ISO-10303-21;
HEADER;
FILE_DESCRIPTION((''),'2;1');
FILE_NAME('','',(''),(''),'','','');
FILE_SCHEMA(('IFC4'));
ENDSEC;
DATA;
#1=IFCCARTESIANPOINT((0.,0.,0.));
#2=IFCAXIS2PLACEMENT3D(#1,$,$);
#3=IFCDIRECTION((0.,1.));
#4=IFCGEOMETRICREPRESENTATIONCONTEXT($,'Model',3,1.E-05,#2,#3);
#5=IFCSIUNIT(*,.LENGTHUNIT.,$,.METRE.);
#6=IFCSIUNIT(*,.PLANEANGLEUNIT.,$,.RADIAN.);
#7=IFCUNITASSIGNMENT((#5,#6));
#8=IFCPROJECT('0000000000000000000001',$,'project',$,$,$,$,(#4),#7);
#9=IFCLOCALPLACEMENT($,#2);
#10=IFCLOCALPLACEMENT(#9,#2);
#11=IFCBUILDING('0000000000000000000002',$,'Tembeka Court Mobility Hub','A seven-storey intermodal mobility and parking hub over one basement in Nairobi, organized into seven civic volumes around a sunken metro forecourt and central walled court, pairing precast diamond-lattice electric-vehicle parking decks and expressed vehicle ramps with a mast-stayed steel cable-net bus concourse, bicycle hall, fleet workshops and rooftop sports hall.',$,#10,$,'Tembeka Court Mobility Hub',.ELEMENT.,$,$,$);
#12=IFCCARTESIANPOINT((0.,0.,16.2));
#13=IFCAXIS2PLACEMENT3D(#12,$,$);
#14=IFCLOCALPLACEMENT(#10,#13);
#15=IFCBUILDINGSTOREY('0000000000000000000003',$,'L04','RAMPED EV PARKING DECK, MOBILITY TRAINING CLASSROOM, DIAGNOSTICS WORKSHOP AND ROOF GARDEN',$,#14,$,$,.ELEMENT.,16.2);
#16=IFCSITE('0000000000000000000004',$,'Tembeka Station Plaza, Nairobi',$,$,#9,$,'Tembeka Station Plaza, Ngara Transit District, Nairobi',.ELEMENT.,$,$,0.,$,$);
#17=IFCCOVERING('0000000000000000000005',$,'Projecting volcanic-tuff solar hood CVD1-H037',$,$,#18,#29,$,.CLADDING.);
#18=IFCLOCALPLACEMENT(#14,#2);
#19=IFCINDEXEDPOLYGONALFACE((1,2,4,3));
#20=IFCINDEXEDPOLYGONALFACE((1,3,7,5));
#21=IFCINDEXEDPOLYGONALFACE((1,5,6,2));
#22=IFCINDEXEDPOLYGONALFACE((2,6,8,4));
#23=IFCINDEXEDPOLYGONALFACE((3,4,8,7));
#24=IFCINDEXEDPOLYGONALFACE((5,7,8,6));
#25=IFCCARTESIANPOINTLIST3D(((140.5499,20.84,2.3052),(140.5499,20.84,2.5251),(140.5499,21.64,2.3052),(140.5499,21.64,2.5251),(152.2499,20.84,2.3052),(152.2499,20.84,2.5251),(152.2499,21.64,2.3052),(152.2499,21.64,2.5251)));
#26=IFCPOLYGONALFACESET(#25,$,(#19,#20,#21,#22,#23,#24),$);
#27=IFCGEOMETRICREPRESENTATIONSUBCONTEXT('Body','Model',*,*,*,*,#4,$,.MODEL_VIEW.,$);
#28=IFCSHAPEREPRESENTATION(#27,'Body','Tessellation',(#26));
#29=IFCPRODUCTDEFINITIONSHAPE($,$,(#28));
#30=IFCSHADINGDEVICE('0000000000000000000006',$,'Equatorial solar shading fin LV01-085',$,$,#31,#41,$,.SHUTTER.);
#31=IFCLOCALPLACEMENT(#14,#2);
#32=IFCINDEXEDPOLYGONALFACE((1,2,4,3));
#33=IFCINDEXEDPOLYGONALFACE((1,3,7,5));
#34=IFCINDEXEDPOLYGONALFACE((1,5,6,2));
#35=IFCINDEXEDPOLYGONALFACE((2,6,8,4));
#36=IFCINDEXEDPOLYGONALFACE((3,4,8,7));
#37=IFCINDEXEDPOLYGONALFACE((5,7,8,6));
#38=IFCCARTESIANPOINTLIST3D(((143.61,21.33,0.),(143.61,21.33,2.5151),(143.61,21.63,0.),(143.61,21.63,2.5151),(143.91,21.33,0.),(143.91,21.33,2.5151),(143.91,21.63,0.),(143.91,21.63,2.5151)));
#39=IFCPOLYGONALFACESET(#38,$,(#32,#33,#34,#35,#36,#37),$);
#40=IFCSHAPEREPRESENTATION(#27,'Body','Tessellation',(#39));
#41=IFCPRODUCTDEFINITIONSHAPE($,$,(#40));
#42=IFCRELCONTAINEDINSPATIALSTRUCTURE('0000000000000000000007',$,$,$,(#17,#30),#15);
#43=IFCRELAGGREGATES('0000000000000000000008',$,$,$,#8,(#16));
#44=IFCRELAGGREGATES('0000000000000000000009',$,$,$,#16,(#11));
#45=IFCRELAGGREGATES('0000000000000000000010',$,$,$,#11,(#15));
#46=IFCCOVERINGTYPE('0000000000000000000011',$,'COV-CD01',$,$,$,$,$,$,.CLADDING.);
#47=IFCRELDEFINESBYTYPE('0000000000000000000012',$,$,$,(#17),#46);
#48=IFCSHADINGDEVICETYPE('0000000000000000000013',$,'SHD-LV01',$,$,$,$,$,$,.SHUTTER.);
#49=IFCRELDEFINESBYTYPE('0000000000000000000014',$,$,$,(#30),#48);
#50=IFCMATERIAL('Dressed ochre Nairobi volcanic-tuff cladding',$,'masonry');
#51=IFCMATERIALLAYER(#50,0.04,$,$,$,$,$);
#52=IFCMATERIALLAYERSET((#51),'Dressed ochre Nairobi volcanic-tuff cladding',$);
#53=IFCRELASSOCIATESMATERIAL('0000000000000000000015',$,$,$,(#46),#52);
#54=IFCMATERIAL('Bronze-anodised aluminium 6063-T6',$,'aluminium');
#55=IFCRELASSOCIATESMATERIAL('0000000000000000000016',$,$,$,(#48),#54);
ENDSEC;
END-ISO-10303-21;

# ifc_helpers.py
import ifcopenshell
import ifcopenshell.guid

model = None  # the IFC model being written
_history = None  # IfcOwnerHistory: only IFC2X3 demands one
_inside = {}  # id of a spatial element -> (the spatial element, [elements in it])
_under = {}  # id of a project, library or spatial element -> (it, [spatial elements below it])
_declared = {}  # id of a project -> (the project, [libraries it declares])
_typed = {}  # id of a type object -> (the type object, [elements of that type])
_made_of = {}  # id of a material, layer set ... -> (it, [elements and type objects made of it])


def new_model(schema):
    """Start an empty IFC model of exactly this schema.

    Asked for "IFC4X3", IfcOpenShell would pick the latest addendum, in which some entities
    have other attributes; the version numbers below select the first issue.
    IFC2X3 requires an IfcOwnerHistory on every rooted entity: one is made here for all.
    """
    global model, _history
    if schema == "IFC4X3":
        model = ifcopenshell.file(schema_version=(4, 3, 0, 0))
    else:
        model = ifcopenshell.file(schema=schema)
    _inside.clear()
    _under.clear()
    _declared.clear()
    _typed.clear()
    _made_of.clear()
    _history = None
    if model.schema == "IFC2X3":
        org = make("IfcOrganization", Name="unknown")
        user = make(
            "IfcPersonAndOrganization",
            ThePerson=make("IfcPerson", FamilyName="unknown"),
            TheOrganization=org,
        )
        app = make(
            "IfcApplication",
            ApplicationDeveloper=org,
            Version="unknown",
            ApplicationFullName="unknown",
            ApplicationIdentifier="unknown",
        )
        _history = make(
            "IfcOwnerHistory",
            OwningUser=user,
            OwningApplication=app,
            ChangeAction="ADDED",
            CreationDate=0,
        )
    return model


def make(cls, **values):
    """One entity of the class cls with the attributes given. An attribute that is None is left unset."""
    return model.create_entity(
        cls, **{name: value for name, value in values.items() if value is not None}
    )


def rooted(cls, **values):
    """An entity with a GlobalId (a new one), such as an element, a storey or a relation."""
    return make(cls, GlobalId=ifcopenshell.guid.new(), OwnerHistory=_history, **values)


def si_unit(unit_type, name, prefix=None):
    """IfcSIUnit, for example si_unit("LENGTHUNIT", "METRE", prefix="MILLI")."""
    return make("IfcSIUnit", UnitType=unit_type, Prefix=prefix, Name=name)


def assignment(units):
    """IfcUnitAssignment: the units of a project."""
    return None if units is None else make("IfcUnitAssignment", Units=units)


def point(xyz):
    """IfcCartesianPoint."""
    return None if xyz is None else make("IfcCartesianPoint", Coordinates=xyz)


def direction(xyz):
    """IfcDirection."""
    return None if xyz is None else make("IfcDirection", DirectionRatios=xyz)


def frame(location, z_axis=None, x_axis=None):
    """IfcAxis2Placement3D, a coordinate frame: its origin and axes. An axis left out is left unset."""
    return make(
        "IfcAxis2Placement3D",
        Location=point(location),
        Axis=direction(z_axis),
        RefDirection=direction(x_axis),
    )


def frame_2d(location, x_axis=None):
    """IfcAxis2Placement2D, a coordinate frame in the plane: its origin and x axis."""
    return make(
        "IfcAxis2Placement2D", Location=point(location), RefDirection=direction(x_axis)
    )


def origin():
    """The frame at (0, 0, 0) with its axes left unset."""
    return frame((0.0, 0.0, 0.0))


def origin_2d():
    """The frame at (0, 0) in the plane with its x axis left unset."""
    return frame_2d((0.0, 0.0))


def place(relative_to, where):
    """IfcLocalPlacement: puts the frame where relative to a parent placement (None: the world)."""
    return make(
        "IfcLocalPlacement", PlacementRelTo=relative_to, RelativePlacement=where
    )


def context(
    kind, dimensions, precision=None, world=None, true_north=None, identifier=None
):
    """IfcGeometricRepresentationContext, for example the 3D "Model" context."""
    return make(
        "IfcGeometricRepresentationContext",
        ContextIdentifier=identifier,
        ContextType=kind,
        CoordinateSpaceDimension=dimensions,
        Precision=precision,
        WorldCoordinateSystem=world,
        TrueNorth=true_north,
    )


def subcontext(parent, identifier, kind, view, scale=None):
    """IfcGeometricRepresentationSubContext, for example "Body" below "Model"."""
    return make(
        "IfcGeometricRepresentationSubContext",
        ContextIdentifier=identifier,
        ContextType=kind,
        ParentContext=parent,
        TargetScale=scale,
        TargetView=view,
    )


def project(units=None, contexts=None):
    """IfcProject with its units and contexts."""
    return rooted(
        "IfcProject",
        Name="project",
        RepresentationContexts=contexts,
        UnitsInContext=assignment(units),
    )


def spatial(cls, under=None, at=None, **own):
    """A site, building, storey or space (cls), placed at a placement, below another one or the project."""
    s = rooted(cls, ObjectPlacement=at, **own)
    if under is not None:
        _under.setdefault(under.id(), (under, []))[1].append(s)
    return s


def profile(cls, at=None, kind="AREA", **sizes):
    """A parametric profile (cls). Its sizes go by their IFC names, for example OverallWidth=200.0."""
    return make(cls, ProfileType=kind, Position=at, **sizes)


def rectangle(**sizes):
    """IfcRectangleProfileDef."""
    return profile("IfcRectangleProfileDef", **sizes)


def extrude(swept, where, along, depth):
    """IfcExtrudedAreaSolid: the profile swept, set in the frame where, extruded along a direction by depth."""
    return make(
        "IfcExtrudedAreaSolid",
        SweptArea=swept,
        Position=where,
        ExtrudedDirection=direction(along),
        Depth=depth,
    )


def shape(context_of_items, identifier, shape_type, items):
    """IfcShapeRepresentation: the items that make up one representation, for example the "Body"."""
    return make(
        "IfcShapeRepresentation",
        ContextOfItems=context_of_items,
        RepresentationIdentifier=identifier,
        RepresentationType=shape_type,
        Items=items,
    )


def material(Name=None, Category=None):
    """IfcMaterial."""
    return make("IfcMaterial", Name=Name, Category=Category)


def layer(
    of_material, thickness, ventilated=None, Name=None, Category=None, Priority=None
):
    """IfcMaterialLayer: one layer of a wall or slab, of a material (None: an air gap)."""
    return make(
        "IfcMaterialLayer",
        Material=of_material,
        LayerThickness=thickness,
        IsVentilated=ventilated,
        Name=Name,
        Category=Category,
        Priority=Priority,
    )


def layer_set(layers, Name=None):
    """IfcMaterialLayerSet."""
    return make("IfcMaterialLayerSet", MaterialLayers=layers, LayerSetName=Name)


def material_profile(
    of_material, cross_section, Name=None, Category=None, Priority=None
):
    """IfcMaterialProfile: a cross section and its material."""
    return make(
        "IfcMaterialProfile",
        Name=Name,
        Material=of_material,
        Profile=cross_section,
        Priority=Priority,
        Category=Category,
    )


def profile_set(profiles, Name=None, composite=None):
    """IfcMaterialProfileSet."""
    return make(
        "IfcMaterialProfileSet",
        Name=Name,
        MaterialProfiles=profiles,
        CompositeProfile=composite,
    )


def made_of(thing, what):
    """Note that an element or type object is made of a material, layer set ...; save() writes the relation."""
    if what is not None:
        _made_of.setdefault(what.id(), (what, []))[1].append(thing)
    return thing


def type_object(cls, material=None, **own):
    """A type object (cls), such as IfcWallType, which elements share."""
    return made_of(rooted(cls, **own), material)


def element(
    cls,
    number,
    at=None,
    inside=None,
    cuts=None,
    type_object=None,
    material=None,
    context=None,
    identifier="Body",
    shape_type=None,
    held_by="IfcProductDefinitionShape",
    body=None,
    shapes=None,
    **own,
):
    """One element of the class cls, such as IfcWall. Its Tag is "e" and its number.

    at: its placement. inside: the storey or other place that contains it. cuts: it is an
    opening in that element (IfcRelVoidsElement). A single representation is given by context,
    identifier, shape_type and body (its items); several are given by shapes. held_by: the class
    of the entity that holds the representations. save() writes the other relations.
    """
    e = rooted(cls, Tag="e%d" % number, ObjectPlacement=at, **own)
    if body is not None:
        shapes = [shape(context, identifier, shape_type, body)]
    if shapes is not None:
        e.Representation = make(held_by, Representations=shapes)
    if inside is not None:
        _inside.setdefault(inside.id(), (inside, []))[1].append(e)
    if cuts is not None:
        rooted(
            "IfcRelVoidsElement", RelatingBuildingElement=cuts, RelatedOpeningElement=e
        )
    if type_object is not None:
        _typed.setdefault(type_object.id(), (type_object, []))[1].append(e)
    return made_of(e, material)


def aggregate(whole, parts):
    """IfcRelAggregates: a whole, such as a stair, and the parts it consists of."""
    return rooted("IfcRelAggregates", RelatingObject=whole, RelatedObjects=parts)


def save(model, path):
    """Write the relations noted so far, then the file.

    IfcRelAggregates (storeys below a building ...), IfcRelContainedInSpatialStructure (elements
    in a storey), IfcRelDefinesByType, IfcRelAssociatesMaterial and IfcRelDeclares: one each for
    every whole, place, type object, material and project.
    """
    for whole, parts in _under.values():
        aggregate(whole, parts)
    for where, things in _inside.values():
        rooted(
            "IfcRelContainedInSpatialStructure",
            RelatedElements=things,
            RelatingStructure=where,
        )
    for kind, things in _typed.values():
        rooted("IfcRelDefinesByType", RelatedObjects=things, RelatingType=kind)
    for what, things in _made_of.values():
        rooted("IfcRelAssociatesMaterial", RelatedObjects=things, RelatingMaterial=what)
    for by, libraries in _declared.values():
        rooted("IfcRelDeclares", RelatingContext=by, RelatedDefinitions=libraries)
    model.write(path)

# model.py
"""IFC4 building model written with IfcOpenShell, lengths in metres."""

from ifc_helpers import new_model, si_unit, direction, frame, origin, origin_2d, place, context, subcontext, project, spatial, rectangle, extrude, material, layer, layer_set, material_profile, profile_set, type_object, element, save


model = new_model("IFC4")

# Units and contexts
model_context = context("Model", 3, precision=1e-05, world=origin(), true_north=direction((0.0, 1.0)))
body_context = subcontext(model_context, "Body", "Model", "MODEL_VIEW")
ifc_project = project(units=[si_unit("LENGTHUNIT", "METRE"), si_unit("PLANEANGLEUNIT", "RADIAN")], contexts=[model_context])

# Site, building, storey
site_placement = place(None, origin())
site = spatial("IfcSite", under=ifc_project, at=site_placement, Name="Tembeka Station Plaza, Nairobi", LongName="Tembeka Station Plaza, Ngara Transit District, Nairobi", CompositionType="ELEMENT", RefElevation=0.0)
building_placement = place(site_placement, origin())
building = spatial("IfcBuilding", under=site, at=building_placement, Name="Tembeka Court Mobility Hub", Description="A seven-storey intermodal mobility and parking hub over one basement in Nairobi, organized into seven civic volumes around a sunken metro forecourt and central walled court, pairing precast diamond-lattice electric-vehicle parking decks and expressed vehicle ramps with a mast-stayed steel cable-net bus concourse, bicycle hall, fleet workshops and rooftop sports hall.", LongName="Tembeka Court Mobility Hub", CompositionType="ELEMENT")
storey_placement = place(building_placement, frame((0.0, 0.0, 16.2)))
storey = spatial("IfcBuildingStorey", under=building, at=storey_placement, Name="L04", Description="RAMPED EV PARKING DECK, MOBILITY TRAINING CLASSROOM, DIAGNOSTICS WORKSHOP AND ROOF GARDEN", CompositionType="ELEMENT", Elevation=16.2)

# Covering
ifc_material_1 = material(Name="Dressed ochre Nairobi volcanic-tuff cladding", Category="masonry")
ifc_layer_1 = layer(ifc_material_1, 0.04)
ifc_layer_set_1 = layer_set([ifc_layer_1], Name="Dressed ochre Nairobi volcanic-tuff cladding")
covering_type = type_object("IfcCoveringType", Name="COV-CD01", PredefinedType="CLADDING", material=ifc_layer_set_1)
covering_placement = place(storey_placement, frame((146.3999, 21.24, 2.3052), z_axis=(0.0, 0.0, 1.0), x_axis=(1.0, 0.0, 0.0)))
element("IfcCovering", 1, at=covering_placement, inside=storey, type_object=covering_type, Name="Projecting volcanic-tuff solar hood CVD1-H037", PredefinedType="CLADDING", context=body_context, shape_type="SweptSolid", body=[
    extrude(rectangle(XDim=11.7, YDim=0.8, at=origin_2d()), origin(), (0.0, 0.0, 1.0), 0.22),
])

# Shading device
ifc_material_2 = material(Name="Bronze-anodised aluminium 6063-T6", Category="aluminium")
ifc_material_profile_1 = material_profile(ifc_material_2, rectangle(XDim=0.3, YDim=0.3, at=origin_2d()), Name="ALU-LVR 300x300")
ifc_profile_set_1 = profile_set([ifc_material_profile_1], Name="Bronze-anodised aluminium 6063-T6")
shading_device_type = type_object("IfcShadingDeviceType", Name="SHD-LV01", PredefinedType="SHUTTER", material=ifc_profile_set_1)
shading_device_placement = place(storey_placement, frame((143.76, 21.48, 0.0), z_axis=(0.0, 0.0, 1.0), x_axis=(1.0, 0.0, 0.0)))
element("IfcShadingDevice", 2, at=shading_device_placement, inside=storey, type_object=shading_device_type, Name="Equatorial solar shading fin LV01-085", PredefinedType="SHUTTER", context=body_context, shape_type="SweptSolid", body=[
    extrude(rectangle(XDim=0.3, YDim=0.3, at=origin_2d()), origin(), (0.0, 0.0, 1.0), 2.5151),
])

save(model, "model.ifc")
